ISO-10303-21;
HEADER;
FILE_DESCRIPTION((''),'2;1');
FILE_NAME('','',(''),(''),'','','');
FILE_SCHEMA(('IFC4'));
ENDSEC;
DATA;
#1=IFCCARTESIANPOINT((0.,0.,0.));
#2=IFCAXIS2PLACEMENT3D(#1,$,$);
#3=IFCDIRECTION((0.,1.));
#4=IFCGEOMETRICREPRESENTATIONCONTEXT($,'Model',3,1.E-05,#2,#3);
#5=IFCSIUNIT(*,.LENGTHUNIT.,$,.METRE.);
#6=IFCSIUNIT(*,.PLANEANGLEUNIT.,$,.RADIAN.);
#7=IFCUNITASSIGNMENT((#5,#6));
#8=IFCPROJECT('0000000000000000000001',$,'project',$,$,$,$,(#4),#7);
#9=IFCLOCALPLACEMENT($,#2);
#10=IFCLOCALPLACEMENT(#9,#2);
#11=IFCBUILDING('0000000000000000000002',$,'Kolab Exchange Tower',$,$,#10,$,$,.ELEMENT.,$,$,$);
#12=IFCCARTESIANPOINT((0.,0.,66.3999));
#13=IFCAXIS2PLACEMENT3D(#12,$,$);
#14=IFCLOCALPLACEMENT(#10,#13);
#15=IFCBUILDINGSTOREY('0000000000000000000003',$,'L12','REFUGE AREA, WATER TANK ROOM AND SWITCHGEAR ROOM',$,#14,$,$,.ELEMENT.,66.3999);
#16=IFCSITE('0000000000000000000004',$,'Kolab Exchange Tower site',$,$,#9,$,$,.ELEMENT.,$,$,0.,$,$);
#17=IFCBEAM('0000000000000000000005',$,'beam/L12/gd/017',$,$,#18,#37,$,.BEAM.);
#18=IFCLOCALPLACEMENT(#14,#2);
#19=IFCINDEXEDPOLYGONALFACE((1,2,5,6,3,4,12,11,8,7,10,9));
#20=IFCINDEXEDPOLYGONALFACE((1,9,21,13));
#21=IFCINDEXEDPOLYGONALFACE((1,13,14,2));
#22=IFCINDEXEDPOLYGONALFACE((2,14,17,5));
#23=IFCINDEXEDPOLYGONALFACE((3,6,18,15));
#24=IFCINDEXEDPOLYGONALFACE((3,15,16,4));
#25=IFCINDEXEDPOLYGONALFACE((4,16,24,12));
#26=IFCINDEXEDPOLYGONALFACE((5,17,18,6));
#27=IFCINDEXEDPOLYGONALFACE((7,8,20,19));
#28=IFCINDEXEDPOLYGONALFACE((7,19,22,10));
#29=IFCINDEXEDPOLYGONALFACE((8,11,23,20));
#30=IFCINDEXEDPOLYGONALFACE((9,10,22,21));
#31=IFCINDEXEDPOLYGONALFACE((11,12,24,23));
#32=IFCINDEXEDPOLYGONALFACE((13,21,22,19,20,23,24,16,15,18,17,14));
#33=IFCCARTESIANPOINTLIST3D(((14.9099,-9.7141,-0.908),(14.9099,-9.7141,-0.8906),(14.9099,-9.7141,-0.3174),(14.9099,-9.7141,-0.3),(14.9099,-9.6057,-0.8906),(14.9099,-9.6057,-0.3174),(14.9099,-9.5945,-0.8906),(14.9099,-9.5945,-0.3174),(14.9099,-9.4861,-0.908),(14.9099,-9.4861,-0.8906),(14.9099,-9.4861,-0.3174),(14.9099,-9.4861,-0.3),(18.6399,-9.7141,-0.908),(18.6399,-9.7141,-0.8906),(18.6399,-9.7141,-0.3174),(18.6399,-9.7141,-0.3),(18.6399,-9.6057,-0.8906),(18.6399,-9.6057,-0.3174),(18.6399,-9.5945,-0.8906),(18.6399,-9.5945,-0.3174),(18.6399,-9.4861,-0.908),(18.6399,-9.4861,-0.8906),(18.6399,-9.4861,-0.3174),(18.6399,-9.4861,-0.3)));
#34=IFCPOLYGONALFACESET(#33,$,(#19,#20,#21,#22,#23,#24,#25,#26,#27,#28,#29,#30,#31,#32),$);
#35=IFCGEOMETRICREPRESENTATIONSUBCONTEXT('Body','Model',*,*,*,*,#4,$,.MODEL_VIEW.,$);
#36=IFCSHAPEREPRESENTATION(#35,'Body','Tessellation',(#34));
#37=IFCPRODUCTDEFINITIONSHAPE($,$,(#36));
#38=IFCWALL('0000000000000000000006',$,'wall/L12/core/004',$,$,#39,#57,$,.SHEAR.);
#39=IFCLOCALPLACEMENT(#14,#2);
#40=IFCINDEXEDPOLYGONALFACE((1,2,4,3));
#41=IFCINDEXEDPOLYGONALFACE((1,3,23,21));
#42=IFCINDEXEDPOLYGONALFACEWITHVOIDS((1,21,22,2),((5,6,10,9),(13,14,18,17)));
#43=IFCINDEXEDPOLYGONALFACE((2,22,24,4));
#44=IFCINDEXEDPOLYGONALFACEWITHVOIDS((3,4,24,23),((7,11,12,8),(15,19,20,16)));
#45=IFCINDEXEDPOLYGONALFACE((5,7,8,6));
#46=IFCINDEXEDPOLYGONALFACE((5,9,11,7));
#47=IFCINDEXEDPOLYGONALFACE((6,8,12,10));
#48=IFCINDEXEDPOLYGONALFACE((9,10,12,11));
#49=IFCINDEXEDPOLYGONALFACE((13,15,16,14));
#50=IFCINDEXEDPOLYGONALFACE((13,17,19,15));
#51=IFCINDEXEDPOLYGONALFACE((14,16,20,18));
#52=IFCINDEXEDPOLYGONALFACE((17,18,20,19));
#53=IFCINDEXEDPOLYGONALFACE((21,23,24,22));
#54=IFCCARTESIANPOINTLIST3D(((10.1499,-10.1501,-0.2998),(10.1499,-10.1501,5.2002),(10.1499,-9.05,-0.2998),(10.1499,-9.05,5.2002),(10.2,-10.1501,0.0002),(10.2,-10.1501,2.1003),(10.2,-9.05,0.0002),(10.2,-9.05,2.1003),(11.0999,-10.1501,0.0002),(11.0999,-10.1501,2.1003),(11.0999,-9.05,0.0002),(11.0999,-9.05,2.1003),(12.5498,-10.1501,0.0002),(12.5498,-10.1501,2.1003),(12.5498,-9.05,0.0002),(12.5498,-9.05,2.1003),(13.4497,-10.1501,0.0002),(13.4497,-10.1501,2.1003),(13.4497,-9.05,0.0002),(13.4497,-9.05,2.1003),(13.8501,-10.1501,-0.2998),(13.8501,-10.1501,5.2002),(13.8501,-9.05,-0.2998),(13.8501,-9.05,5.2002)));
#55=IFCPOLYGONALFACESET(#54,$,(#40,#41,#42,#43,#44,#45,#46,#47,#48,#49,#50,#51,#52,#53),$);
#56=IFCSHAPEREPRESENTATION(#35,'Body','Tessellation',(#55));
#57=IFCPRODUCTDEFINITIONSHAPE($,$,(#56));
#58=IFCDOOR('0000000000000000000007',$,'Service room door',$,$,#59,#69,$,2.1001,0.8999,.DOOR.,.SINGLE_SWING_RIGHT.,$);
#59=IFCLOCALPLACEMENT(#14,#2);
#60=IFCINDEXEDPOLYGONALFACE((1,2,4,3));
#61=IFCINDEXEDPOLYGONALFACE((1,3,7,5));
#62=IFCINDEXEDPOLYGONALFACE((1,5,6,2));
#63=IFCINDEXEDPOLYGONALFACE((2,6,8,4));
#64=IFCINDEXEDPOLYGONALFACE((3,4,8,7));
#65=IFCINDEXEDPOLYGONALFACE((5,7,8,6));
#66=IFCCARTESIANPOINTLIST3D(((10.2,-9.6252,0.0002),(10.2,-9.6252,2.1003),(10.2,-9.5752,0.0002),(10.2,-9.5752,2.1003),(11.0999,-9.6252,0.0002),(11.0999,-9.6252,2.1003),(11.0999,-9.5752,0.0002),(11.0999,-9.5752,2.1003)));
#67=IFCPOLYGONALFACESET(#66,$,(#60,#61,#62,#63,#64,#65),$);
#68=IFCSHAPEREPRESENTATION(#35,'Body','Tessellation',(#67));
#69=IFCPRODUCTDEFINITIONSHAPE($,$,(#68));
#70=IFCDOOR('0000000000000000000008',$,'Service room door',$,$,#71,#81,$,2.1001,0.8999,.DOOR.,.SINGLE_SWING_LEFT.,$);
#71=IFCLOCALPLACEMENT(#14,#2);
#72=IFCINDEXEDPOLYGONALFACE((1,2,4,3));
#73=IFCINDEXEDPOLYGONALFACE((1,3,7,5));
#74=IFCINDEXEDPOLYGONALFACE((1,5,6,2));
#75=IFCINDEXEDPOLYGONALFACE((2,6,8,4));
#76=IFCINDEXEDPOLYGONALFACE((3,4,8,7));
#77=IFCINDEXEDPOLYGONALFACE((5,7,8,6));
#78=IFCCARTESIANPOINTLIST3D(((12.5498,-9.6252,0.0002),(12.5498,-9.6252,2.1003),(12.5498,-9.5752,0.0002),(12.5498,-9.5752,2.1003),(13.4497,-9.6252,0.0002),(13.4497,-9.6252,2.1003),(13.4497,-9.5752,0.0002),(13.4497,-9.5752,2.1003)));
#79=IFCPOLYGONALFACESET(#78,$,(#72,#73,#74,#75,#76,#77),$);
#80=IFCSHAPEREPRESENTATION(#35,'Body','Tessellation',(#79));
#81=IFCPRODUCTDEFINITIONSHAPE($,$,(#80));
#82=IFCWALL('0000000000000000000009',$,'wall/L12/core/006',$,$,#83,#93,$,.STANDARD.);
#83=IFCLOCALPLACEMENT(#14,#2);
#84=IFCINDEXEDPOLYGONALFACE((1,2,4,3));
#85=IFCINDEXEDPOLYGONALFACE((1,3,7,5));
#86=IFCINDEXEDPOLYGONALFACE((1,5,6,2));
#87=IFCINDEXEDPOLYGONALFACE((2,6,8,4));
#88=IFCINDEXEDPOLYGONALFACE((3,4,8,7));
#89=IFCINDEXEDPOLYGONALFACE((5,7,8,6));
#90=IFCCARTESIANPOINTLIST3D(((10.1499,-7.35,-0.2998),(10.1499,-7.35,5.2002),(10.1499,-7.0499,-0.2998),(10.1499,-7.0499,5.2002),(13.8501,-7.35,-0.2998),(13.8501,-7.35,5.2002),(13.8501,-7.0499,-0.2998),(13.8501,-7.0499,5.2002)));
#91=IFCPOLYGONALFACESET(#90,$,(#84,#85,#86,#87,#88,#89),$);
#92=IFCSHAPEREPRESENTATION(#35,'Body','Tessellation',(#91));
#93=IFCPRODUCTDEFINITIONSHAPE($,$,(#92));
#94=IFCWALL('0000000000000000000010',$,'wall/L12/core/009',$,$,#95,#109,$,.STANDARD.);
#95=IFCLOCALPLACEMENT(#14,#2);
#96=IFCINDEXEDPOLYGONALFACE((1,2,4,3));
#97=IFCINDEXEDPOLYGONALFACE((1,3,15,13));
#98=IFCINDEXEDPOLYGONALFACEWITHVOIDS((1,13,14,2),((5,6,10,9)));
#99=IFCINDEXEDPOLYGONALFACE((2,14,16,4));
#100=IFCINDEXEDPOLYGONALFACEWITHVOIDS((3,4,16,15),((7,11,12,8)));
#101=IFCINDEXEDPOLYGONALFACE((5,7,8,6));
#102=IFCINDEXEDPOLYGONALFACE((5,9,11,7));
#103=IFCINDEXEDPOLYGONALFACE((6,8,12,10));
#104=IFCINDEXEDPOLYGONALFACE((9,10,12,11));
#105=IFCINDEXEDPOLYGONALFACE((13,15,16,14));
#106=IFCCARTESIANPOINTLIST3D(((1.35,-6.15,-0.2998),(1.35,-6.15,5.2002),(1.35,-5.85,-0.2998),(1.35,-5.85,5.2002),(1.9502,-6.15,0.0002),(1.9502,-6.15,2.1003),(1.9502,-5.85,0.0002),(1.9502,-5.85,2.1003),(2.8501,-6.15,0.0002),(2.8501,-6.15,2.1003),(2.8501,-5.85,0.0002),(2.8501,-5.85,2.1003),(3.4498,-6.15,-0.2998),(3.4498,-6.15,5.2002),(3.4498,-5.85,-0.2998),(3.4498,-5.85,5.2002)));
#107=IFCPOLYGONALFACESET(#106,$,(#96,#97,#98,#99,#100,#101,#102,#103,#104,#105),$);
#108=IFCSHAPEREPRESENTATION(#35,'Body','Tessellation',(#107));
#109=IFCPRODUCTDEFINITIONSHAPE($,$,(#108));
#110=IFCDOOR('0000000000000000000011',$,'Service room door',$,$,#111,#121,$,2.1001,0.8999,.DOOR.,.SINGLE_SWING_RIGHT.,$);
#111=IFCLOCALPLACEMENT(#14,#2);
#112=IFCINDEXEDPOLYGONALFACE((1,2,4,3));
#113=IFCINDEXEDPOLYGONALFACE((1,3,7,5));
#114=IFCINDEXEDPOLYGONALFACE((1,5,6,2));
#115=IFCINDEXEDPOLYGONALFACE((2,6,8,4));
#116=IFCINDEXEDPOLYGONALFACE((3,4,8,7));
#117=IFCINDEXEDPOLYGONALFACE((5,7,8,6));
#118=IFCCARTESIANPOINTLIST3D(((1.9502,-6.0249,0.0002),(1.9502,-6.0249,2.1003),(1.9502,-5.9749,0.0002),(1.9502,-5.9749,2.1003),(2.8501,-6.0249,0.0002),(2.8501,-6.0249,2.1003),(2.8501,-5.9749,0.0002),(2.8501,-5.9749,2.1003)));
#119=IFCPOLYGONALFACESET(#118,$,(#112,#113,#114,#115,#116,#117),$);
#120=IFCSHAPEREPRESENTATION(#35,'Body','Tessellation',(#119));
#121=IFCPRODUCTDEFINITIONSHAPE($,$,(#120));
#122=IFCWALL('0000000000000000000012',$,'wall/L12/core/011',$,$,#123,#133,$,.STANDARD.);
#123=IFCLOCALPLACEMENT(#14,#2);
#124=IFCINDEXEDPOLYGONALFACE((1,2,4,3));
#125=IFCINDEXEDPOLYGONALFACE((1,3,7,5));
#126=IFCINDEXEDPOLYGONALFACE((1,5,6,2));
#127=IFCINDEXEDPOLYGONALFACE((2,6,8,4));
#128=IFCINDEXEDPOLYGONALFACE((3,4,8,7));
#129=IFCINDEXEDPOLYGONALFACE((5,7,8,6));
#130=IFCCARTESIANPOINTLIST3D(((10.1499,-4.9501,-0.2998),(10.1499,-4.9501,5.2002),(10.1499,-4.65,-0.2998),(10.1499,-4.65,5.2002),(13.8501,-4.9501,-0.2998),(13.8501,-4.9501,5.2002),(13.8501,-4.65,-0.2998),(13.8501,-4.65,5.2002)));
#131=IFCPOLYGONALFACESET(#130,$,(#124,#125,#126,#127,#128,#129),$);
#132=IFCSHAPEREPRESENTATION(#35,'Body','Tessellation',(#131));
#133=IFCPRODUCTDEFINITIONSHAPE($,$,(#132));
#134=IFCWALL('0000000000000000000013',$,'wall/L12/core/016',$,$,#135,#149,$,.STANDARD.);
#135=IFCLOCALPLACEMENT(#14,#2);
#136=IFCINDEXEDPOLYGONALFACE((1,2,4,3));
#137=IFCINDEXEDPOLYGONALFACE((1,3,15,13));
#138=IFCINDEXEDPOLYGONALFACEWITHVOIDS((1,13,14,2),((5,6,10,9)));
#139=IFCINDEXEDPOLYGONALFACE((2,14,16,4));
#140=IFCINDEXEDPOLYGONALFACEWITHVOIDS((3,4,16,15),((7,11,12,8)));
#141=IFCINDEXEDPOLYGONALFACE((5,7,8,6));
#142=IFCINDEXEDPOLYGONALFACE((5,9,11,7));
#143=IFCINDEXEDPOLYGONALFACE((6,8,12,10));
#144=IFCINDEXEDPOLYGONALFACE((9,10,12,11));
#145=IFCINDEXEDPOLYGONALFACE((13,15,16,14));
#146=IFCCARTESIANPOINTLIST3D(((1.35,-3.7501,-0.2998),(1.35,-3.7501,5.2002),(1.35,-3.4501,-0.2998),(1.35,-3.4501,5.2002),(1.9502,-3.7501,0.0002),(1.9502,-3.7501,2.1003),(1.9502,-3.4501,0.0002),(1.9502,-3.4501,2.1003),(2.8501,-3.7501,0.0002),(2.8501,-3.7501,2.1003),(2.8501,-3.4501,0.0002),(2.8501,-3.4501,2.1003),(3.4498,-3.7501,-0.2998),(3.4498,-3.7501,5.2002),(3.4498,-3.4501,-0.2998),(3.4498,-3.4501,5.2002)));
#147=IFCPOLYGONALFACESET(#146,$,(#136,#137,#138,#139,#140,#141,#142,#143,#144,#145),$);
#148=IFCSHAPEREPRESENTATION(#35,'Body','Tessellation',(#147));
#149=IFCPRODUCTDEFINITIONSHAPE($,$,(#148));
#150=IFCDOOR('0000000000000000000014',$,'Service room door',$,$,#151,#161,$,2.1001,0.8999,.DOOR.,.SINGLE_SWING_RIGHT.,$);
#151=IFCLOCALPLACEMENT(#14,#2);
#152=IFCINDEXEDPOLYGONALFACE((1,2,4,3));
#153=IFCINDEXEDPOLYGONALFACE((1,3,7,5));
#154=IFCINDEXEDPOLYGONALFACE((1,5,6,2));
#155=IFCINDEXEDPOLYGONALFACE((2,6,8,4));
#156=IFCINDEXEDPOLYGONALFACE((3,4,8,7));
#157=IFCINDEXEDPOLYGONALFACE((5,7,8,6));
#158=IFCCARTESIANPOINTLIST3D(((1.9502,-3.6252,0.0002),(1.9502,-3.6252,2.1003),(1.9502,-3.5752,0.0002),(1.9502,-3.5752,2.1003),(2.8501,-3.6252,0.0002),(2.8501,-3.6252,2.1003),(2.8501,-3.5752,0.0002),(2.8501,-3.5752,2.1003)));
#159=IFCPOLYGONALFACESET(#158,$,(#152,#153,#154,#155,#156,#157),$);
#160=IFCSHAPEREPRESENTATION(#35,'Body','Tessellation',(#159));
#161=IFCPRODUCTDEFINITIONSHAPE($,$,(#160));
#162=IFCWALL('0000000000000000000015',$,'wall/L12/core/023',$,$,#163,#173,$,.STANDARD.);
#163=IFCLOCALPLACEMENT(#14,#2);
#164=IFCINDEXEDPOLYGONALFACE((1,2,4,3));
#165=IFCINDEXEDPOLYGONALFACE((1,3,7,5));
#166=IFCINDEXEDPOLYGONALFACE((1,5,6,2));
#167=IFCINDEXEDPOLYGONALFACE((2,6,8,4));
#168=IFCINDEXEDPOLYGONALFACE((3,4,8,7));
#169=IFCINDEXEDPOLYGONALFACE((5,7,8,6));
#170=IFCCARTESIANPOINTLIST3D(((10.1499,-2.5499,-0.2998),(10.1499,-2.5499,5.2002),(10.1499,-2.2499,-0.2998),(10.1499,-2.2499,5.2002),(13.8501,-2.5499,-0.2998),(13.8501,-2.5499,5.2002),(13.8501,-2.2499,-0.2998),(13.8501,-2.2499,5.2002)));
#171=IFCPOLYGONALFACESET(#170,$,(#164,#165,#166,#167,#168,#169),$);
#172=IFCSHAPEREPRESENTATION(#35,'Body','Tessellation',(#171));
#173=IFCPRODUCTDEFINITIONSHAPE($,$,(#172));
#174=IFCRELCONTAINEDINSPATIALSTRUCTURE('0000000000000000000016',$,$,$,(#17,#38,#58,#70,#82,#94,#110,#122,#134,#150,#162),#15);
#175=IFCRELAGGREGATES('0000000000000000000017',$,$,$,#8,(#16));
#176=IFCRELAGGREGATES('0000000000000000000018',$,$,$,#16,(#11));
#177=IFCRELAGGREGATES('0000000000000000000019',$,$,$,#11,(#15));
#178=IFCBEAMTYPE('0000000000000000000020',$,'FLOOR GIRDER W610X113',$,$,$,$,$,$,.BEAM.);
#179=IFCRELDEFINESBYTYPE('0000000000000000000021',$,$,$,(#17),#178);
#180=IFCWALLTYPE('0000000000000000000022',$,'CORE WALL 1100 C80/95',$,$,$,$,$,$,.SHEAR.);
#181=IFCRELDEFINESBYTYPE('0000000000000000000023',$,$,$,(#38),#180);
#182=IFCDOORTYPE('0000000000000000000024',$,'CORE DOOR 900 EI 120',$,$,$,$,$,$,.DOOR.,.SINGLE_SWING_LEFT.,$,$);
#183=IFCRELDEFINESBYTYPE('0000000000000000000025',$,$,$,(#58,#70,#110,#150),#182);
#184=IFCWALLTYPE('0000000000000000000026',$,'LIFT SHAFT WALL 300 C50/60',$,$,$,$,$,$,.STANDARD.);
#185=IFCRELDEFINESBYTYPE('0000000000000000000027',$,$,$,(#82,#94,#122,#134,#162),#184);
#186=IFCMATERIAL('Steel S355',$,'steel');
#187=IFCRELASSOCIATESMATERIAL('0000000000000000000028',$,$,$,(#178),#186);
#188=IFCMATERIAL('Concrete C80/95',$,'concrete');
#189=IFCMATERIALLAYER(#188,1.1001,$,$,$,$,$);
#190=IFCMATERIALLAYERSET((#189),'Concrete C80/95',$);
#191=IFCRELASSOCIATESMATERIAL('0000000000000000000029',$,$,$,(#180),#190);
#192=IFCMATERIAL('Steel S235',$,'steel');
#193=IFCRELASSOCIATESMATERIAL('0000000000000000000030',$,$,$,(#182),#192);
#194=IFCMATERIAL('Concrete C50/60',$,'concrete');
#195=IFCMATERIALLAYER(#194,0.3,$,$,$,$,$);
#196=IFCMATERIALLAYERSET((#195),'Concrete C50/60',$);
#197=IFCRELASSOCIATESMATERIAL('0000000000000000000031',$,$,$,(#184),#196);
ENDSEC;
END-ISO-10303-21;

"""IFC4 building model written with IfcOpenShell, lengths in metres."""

from ifc_helpers import new_model, si_unit, direction, frame, frame_2d, origin, origin_2d, place, context, subcontext, project, spatial, rectangle, i_section, extrude, material, layer, layer_set, material_profile, profile_set, type_object, element, fill, save


model = new_model("IFC4")

# Units and contexts
model_context = context("Model", 3, precision=1e-05, world=origin(), true_north=direction((0.0, 1.0)))
body_context = subcontext(model_context, "Body", "Model", "MODEL_VIEW")
ifc_project = project(units=[si_unit("LENGTHUNIT", "METRE"), si_unit("PLANEANGLEUNIT", "RADIAN")], contexts=[model_context])

# Site, building, storey
site_placement = place(None, origin())
site = spatial("IfcSite", under=ifc_project, at=site_placement, Name="Kolab Exchange Tower site", CompositionType="ELEMENT", RefElevation=0.0)
building_placement = place(site_placement, origin())
building = spatial("IfcBuilding", under=site, at=building_placement, Name="Kolab Exchange Tower", CompositionType="ELEMENT")
storey_placement = place(building_placement, frame((0.0, 0.0, 66.3999)))
storey = spatial("IfcBuildingStorey", under=building, at=storey_placement, Name="L12", Description="REFUGE AREA, WATER TANK ROOM AND SWITCHGEAR ROOM", CompositionType="ELEMENT", Elevation=66.3999)

# Beam
ifc_material_1 = material(Name="Steel S355", Category="steel")
ifc_material_profile = material_profile(ifc_material_1, i_section(OverallWidth=0.228, OverallDepth=0.6079, WebThickness=0.0112, FlangeThickness=0.0173, at=origin_2d()), Name="W610X113")
ifc_profile_set = profile_set([ifc_material_profile], Name="Steel S355")
beam_type = type_object("IfcBeamType", Name="FLOOR GIRDER W610X113", PredefinedType="BEAM", material=ifc_profile_set)
beam_placement = place(storey_placement, frame((14.9099, -9.6001, -0.604), z_axis=(1.0, 0.0, 0.0), x_axis=(0.0, 1.0, 0.0)))
element("IfcBeam", 1, at=beam_placement, inside=storey, type_object=beam_type, Name="beam/L12/gd/017", PredefinedType="BEAM", context=body_context, shape_type="SweptSolid", body=[
    extrude(i_section(OverallWidth=0.228, OverallDepth=0.6079, WebThickness=0.0112, FlangeThickness=0.0173, at=origin_2d()), origin(), (0.0, 0.0, 1.0), 3.73),
])

# Wall, openings, doors
ifc_material_2 = material(Name="Concrete C80/95", Category="concrete")
ifc_layer_1 = layer(ifc_material_2, 1.1001)
ifc_layer_set_1 = layer_set([ifc_layer_1], Name="Concrete C80/95")
wall_type_1 = type_object("IfcWallType", Name="CORE WALL 1100 C80/95", PredefinedType="SHEAR", material=ifc_layer_set_1)
wall_1_placement = place(storey_placement, frame((10.1499, -9.6001, -0.2998), z_axis=(0.0, 0.0, 1.0), x_axis=(1.0, 0.0, 0.0)))
wall_1 = element("IfcWall", 2, at=wall_1_placement, inside=storey, type_object=wall_type_1, Name="wall/L12/core/004", PredefinedType="SHEAR", context=body_context, shape_type="SweptSolid", body=[
    extrude(rectangle(XDim=3.7002, YDim=1.1001, at=frame_2d((1.8501, 0.0))), origin(), (0.0, 0.0, 1.0), 5.5),
])
opening_1_placement = place(wall_1_placement, frame((0.05, 0.0, 0.3)))
opening_1 = element("IfcOpeningElement", 3, at=opening_1_placement, cuts=wall_1, PredefinedType="OPENING", context=body_context, shape_type="SweptSolid", body=[
    extrude(rectangle(XDim=0.8999, YDim=2.1001, at=frame_2d((0.45, 1.05))), frame((0.0, 0.5601, 0.0), z_axis=(0.0, -1.0, 0.0), x_axis=(1.0, 0.0, 0.0)), (0.0, 0.0, 1.0), 1.1201),
])
opening_2_placement = place(wall_1_placement, frame((2.3999, 0.0, 0.3)))
opening_2 = element("IfcOpeningElement", 4, at=opening_2_placement, cuts=wall_1, PredefinedType="OPENING", context=body_context, shape_type="SweptSolid", body=[
    extrude(rectangle(XDim=0.8999, YDim=2.1001, at=frame_2d((0.45, 1.05))), frame((0.0, 0.5601, 0.0), z_axis=(0.0, -1.0, 0.0), x_axis=(1.0, 0.0, 0.0)), (0.0, 0.0, 1.0), 1.1201),
])
ifc_material_3 = material(Name="Steel S235", Category="steel")
door_type_1 = type_object("IfcDoorType", Name="CORE DOOR 900 EI 120", OperationType="SINGLE_SWING_LEFT", PredefinedType="DOOR", material=ifc_material_3)
door_1_placement = place(opening_1_placement, origin())
door_1 = element("IfcDoor", 5, at=door_1_placement, inside=storey, type_object=door_type_1, Name="Service room door", OperationType="SINGLE_SWING_RIGHT", OverallHeight=2.1001, OverallWidth=0.8999, PredefinedType="DOOR", context=body_context, shape_type="SweptSolid", body=[
    extrude(rectangle(XDim=0.8999, YDim=2.1001, at=frame_2d((0.45, 1.05))), frame((0.0, 0.0249, 0.0), z_axis=(0.0, -1.0, 0.0), x_axis=(1.0, 0.0, 0.0)), (0.0, 0.0, 1.0), 0.05),
])
fill(opening_1, door_1)
door_2_placement = place(opening_2_placement, origin())
door_2 = element("IfcDoor", 6, at=door_2_placement, inside=storey, type_object=door_type_1, Name="Service room door", OperationType="SINGLE_SWING_LEFT", OverallHeight=2.1001, OverallWidth=0.8999, PredefinedType="DOOR", context=body_context, shape_type="SweptSolid", body=[
    extrude(rectangle(XDim=0.8999, YDim=2.1001, at=frame_2d((0.45, 1.05))), frame((0.0, 0.0249, 0.0), z_axis=(0.0, -1.0, 0.0), x_axis=(1.0, 0.0, 0.0)), (0.0, 0.0, 1.0), 0.05),
])
fill(opening_2, door_2)

# Wall
ifc_material_4 = material(Name="Concrete C50/60", Category="concrete")
ifc_layer_2 = layer(ifc_material_4, 0.3)
ifc_layer_set_2 = layer_set([ifc_layer_2], Name="Concrete C50/60")
wall_type_2 = type_object("IfcWallType", Name="LIFT SHAFT WALL 300 C50/60", PredefinedType="STANDARD", material=ifc_layer_set_2)
wall_2_placement = place(storey_placement, frame((10.1499, -7.2, -0.2998), z_axis=(0.0, 0.0, 1.0), x_axis=(1.0, 0.0, 0.0)))
element("IfcWall", 7, at=wall_2_placement, inside=storey, type_object=wall_type_2, Name="wall/L12/core/006", PredefinedType="STANDARD", context=body_context, shape_type="SweptSolid", body=[
    extrude(rectangle(XDim=3.7002, YDim=0.3, at=frame_2d((1.8501, 0.0))), origin(), (0.0, 0.0, 1.0), 5.5),
])

# Wall, opening, door
wall_3_placement = place(storey_placement, frame((1.3501, -6.0, -0.2998), z_axis=(0.0, 0.0, 1.0), x_axis=(1.0, 0.0, 0.0)))
wall_3 = element("IfcWall", 8, at=wall_3_placement, inside=storey, type_object=wall_type_2, Name="wall/L12/core/009", PredefinedType="STANDARD", context=body_context, shape_type="SweptSolid", body=[
    extrude(rectangle(XDim=2.0999, YDim=0.3, at=frame_2d((1.0498, 0.0))), origin(), (0.0, 0.0, 1.0), 5.5),
])
opening_3_placement = place(wall_3_placement, frame((0.6001, 0.0, 0.3)))
opening_3 = element("IfcOpeningElement", 9, at=opening_3_placement, cuts=wall_3, PredefinedType="OPENING", context=body_context, shape_type="SweptSolid", body=[
    extrude(rectangle(XDim=0.8999, YDim=2.1001, at=frame_2d((0.45, 1.05))), frame((0.0, 0.1602, 0.0), z_axis=(0.0, -1.0, 0.0), x_axis=(1.0, 0.0, 0.0)), (0.0, 0.0, 1.0), 0.3201),
])
door_3_placement = place(opening_3_placement, frame((0.8999, 0.0, 0.0), z_axis=(0.0, 0.0, 1.0), x_axis=(-1.0, 0.0, 0.0)))
door_3 = element("IfcDoor", 10, at=door_3_placement, inside=storey, type_object=door_type_1, Name="Service room door", OperationType="SINGLE_SWING_RIGHT", OverallHeight=2.1001, OverallWidth=0.8999, PredefinedType="DOOR", context=body_context, shape_type="SweptSolid", body=[
    extrude(rectangle(XDim=0.8999, YDim=2.1001, at=frame_2d((0.45, 1.05))), frame((0.0, 0.0249, 0.0), z_axis=(0.0, -1.0, 0.0), x_axis=(1.0, 0.0, 0.0)), (0.0, 0.0, 1.0), 0.05),
])
fill(opening_3, door_3)

# Wall
wall_4_placement = place(storey_placement, frame((10.1499, -4.8, -0.2998), z_axis=(0.0, 0.0, 1.0), x_axis=(1.0, 0.0, 0.0)))
element("IfcWall", 11, at=wall_4_placement, inside=storey, type_object=wall_type_2, Name="wall/L12/core/011", PredefinedType="STANDARD", context=body_context, shape_type="SweptSolid", body=[
    extrude(rectangle(XDim=3.7002, YDim=0.3, at=frame_2d((1.8501, 0.0))), origin(), (0.0, 0.0, 1.0), 5.5),
])

# Wall, opening, door
wall_5_placement = place(storey_placement, frame((1.3501, -3.6001, -0.2998), z_axis=(0.0, 0.0, 1.0), x_axis=(1.0, 0.0, 0.0)))
wall_5 = element("IfcWall", 12, at=wall_5_placement, inside=storey, type_object=wall_type_2, Name="wall/L12/core/016", PredefinedType="STANDARD", context=body_context, shape_type="SweptSolid", body=[
    extrude(rectangle(XDim=2.0999, YDim=0.3, at=frame_2d((1.0498, 0.0))), origin(), (0.0, 0.0, 1.0), 5.5),
])
opening_4_placement = place(wall_5_placement, frame((0.6001, 0.0, 0.3)))
opening_4 = element("IfcOpeningElement", 13, at=opening_4_placement, cuts=wall_5, PredefinedType="OPENING", context=body_context, shape_type="SweptSolid", body=[
    extrude(rectangle(XDim=0.8999, YDim=2.1001, at=frame_2d((0.45, 1.05))), frame((0.0, 0.1602, 0.0), z_axis=(0.0, -1.0, 0.0), x_axis=(1.0, 0.0, 0.0)), (0.0, 0.0, 1.0), 0.3201),
])
door_4_placement = place(opening_4_placement, origin())
door_4 = element("IfcDoor", 14, at=door_4_placement, inside=storey, type_object=door_type_1, Name="Service room door", OperationType="SINGLE_SWING_RIGHT", OverallHeight=2.1001, OverallWidth=0.8999, PredefinedType="DOOR", context=body_context, shape_type="SweptSolid", body=[
    extrude(rectangle(XDim=0.8999, YDim=2.1001, at=frame_2d((0.45, 1.05))), frame((0.0, 0.0249, 0.0), z_axis=(0.0, -1.0, 0.0), x_axis=(1.0, 0.0, 0.0)), (0.0, 0.0, 1.0), 0.05),
])
fill(opening_4, door_4)

# Wall
wall_6_placement = place(storey_placement, frame((10.1499, -2.3999, -0.2998), z_axis=(0.0, 0.0, 1.0), x_axis=(1.0, 0.0, 0.0)))
element("IfcWall", 15, at=wall_6_placement, inside=storey, type_object=wall_type_2, Name="wall/L12/core/023", PredefinedType="STANDARD", context=body_context, shape_type="SweptSolid", body=[
    extrude(rectangle(XDim=3.7002, YDim=0.3, at=frame_2d((1.8501, 0.0))), origin(), (0.0, 0.0, 1.0), 5.5),
])

save(model, "model.ifc")
